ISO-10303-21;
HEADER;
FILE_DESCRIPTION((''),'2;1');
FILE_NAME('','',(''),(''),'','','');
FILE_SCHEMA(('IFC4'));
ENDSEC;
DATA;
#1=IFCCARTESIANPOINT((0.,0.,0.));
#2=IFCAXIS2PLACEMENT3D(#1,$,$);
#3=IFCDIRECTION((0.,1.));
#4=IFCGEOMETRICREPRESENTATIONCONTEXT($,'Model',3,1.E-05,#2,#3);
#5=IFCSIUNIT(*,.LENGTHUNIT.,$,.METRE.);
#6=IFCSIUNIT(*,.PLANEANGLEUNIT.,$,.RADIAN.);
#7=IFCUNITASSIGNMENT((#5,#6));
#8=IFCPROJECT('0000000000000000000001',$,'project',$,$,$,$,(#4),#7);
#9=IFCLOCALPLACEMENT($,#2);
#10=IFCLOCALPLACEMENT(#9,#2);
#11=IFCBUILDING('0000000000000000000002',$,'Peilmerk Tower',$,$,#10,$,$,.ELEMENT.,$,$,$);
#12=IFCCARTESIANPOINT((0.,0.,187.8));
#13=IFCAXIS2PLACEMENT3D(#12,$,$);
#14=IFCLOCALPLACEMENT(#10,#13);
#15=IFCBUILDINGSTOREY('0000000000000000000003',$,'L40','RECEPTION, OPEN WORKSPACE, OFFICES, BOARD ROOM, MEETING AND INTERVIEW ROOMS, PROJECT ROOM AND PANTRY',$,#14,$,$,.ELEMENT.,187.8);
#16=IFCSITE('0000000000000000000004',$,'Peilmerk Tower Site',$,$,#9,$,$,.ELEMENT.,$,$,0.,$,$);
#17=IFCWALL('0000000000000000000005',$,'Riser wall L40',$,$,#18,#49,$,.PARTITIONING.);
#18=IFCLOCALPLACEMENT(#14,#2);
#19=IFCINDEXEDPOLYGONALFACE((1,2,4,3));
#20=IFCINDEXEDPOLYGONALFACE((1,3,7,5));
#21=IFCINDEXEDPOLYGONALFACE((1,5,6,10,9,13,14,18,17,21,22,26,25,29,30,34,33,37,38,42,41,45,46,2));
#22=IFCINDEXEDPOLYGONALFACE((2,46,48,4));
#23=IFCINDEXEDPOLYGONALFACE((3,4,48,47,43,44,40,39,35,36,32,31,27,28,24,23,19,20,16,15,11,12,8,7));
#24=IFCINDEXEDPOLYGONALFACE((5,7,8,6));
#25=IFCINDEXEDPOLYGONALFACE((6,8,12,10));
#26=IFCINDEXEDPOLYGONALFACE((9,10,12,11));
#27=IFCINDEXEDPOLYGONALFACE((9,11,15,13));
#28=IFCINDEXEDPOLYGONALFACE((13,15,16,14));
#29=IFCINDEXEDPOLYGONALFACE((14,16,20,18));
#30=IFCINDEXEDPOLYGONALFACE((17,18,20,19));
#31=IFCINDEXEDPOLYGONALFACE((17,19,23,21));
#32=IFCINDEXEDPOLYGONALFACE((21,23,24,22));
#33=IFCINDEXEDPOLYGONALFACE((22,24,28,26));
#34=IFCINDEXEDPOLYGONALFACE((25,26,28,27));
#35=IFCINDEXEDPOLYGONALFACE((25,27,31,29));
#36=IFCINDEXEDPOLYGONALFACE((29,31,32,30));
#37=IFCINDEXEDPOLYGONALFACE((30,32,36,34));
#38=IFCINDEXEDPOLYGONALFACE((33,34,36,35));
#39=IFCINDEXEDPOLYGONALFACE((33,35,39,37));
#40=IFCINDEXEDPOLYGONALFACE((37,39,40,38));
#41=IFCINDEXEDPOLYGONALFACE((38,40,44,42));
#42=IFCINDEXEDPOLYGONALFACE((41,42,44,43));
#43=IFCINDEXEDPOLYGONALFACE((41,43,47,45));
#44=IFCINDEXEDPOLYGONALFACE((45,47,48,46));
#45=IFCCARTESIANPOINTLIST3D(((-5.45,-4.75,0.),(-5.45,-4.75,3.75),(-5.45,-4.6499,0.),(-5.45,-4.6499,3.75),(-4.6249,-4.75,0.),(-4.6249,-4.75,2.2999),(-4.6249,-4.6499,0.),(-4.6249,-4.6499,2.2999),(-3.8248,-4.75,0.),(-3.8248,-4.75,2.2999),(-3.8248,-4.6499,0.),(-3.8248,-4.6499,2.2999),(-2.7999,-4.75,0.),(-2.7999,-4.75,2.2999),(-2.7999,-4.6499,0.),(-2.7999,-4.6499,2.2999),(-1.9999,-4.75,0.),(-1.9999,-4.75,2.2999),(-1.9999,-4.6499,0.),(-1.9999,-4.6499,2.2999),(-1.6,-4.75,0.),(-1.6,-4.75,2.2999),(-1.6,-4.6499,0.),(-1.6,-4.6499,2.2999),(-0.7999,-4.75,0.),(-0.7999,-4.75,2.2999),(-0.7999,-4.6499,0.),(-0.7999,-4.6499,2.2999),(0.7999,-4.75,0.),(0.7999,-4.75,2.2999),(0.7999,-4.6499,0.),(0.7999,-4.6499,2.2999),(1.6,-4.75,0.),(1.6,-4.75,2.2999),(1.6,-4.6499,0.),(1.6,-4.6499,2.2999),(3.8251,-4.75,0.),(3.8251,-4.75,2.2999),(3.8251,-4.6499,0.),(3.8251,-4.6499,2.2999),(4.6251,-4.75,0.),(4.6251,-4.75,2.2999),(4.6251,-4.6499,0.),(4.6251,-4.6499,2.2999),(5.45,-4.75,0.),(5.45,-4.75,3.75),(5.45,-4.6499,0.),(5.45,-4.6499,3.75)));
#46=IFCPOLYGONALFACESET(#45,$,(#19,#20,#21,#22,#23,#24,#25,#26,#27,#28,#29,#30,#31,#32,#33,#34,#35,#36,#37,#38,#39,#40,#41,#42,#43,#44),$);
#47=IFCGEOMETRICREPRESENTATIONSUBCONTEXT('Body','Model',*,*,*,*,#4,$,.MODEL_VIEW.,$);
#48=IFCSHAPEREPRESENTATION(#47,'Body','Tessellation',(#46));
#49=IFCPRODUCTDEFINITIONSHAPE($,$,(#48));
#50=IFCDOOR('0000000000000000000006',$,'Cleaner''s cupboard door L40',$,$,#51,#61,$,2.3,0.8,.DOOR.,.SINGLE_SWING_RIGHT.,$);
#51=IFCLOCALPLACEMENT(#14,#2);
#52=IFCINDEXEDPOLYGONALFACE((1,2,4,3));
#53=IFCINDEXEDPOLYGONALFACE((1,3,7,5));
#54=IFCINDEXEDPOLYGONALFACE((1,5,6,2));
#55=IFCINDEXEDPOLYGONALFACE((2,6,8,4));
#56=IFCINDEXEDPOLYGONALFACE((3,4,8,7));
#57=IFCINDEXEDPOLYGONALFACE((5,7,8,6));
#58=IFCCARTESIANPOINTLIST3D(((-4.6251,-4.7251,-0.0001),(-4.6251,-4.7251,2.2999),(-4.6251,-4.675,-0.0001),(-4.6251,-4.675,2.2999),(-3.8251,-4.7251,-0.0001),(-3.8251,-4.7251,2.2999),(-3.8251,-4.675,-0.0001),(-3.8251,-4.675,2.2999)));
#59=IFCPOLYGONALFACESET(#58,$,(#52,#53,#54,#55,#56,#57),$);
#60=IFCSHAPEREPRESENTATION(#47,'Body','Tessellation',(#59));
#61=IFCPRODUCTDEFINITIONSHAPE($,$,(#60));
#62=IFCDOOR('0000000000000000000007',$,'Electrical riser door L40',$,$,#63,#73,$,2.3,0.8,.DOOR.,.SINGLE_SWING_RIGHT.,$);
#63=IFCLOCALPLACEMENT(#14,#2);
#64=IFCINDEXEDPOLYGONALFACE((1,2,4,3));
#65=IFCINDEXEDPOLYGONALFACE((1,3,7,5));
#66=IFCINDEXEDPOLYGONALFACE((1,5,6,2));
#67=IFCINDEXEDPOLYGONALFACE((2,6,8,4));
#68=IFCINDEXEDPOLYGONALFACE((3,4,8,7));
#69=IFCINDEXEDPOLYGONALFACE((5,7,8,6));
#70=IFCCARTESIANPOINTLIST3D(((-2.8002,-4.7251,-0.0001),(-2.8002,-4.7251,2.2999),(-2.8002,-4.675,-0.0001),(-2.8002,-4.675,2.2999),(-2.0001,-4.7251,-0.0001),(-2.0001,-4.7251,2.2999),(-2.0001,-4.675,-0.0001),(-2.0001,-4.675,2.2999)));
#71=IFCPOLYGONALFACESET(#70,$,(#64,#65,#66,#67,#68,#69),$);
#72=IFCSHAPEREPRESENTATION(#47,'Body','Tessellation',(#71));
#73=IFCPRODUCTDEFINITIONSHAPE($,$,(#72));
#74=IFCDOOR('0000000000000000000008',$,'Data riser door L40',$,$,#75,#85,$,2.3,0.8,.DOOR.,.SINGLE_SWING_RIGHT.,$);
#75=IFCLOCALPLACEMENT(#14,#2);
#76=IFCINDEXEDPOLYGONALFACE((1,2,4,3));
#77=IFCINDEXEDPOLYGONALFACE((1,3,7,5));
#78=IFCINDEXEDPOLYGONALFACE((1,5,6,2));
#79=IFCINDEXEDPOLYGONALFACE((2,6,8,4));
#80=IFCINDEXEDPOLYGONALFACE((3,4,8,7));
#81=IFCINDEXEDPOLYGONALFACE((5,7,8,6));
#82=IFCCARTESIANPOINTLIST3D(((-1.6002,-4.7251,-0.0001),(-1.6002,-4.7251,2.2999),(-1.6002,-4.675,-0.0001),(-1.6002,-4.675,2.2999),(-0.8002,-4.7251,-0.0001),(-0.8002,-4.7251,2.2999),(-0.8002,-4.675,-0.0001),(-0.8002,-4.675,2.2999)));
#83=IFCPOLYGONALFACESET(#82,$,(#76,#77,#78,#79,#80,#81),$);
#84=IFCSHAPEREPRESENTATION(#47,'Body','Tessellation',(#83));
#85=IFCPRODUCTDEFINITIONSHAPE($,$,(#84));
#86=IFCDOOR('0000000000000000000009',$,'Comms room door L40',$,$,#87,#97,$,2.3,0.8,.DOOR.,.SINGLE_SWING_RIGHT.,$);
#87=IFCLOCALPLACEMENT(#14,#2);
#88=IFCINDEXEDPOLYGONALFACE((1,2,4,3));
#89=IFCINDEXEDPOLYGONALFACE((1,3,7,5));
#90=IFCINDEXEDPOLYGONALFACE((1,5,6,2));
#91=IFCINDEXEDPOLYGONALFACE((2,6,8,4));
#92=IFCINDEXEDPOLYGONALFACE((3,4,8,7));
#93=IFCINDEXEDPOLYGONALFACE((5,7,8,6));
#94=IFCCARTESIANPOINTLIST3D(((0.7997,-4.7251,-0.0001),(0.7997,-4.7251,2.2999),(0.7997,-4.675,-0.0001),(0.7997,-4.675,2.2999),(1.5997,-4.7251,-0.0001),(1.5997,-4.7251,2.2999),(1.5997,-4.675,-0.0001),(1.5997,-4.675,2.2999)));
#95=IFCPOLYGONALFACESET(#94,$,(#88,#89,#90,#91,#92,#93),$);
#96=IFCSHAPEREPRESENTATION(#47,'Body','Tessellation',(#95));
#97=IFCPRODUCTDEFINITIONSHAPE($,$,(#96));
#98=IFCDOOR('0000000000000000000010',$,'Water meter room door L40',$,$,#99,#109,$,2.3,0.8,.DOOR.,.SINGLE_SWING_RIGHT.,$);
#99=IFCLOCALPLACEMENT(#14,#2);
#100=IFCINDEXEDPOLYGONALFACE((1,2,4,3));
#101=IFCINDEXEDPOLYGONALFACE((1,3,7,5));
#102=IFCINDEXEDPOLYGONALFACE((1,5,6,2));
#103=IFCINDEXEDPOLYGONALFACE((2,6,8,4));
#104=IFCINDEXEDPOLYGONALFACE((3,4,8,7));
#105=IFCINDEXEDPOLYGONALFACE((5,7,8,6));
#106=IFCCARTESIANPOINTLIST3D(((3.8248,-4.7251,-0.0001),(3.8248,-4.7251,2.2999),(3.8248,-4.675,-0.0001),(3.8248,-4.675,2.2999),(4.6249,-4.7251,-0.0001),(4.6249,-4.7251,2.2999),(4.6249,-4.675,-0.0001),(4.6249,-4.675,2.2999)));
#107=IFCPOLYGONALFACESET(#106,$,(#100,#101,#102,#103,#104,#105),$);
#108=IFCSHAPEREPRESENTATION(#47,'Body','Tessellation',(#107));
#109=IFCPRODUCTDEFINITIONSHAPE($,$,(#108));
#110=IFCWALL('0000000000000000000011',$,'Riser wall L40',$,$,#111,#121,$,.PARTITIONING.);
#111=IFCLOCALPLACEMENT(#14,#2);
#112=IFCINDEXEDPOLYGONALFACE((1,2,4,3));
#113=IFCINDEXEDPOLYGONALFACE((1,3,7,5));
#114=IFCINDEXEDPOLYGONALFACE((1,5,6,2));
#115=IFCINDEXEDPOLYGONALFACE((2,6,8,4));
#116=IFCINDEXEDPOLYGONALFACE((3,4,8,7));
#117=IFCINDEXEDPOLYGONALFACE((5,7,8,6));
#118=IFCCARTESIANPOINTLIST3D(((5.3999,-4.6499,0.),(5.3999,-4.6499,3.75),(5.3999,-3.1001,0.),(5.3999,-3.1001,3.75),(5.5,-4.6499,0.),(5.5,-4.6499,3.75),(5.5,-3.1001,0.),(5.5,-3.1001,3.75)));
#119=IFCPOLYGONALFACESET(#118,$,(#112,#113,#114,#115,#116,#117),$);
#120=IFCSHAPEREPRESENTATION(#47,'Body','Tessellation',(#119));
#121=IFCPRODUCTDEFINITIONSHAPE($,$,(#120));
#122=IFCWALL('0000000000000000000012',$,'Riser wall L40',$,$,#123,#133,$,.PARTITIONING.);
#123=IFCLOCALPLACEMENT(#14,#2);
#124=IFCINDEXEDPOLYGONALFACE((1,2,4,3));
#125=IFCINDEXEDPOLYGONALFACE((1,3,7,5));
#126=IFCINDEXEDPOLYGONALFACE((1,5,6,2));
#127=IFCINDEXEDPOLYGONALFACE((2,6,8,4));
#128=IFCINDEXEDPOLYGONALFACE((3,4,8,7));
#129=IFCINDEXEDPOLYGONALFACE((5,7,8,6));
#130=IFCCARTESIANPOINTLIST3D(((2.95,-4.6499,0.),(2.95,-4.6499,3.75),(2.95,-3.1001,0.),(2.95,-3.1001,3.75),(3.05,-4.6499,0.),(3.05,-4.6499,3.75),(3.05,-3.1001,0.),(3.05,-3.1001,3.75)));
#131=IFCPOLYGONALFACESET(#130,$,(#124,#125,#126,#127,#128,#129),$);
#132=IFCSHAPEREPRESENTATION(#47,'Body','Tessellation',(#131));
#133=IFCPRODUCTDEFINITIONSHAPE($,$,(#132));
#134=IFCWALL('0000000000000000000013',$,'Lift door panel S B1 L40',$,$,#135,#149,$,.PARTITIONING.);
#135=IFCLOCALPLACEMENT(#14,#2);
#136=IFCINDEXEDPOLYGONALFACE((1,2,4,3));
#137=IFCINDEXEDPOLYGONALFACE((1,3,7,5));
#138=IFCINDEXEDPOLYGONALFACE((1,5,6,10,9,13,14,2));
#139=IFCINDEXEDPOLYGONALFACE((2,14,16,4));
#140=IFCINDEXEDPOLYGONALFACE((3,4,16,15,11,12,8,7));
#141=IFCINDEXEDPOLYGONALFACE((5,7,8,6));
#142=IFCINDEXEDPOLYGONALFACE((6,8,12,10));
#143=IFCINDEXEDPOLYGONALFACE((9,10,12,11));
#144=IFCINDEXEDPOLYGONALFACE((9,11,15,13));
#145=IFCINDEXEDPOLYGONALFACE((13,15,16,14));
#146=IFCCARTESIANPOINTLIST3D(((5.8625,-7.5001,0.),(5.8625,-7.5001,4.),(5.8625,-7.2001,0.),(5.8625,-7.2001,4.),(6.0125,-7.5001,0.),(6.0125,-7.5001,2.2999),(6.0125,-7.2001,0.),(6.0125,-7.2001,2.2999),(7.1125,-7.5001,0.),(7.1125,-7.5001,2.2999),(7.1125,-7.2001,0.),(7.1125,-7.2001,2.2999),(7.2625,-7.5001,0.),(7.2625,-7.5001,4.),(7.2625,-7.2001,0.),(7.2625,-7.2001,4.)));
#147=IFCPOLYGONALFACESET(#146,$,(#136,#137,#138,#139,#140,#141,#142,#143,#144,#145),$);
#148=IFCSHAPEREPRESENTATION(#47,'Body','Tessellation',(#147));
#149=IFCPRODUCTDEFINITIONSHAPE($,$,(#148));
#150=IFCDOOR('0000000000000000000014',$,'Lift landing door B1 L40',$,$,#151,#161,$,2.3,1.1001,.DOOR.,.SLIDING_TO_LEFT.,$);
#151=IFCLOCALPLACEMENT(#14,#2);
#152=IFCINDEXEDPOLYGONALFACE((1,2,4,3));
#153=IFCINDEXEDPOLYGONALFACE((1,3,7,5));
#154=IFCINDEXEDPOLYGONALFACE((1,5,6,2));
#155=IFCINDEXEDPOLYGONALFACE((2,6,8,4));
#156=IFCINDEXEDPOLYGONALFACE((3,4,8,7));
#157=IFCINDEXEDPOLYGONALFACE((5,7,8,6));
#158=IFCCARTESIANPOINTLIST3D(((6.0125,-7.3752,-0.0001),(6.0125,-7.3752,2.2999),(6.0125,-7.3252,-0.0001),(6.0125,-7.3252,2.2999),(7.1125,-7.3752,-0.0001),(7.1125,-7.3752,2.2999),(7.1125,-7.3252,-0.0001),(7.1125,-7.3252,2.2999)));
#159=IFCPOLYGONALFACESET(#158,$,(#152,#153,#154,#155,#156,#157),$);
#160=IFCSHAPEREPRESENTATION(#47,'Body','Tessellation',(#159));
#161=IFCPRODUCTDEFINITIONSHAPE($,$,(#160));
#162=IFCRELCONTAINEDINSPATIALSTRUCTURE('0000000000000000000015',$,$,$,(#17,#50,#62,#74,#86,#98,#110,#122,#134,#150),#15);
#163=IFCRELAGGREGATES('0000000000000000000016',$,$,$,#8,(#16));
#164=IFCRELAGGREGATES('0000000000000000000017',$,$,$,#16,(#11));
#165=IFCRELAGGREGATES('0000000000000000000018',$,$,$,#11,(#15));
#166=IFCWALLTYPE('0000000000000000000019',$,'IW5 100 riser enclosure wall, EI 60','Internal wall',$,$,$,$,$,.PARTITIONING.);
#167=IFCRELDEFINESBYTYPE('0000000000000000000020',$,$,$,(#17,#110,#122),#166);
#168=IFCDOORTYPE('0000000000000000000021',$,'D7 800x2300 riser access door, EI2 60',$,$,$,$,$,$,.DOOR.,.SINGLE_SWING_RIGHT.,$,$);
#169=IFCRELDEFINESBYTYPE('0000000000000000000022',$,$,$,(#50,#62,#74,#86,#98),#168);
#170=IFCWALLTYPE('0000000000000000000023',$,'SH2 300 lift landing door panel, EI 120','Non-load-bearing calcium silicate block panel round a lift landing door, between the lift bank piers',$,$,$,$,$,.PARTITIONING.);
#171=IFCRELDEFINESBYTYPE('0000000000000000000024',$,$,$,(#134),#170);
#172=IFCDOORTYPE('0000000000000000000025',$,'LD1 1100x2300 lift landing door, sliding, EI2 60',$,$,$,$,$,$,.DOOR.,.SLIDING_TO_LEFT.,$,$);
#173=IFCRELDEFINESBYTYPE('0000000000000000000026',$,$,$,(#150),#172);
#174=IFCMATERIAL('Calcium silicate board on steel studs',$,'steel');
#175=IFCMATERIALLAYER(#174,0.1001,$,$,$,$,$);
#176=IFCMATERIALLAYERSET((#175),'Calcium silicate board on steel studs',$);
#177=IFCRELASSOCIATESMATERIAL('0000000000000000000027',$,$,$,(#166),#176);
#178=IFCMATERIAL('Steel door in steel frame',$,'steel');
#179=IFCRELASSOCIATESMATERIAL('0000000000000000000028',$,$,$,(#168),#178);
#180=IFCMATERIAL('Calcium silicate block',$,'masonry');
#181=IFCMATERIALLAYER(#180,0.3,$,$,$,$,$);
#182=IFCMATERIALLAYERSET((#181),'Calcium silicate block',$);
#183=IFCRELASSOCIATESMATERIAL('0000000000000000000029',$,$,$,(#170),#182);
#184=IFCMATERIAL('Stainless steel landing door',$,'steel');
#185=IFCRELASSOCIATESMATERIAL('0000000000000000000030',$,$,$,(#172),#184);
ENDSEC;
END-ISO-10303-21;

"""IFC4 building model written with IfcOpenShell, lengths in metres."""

from ifc_helpers import new_model, si_unit, direction, frame, frame_2d, origin, place, context, subcontext, project, spatial, rectangle, extrude, material, layer, layer_set, type_object, element, fill, save


model = new_model("IFC4")

# Units and contexts
model_context = context("Model", 3, precision=1e-05, world=origin(), true_north=direction((0.0, 1.0)))
body_context = subcontext(model_context, "Body", "Model", "MODEL_VIEW")
ifc_project = project(units=[si_unit("LENGTHUNIT", "METRE"), si_unit("PLANEANGLEUNIT", "RADIAN")], contexts=[model_context])

# Site, building, storey
site_placement = place(None, origin())
site = spatial("IfcSite", under=ifc_project, at=site_placement, Name="Peilmerk Tower Site", CompositionType="ELEMENT", RefElevation=0.0)
building_placement = place(site_placement, origin())
building = spatial("IfcBuilding", under=site, at=building_placement, Name="Peilmerk Tower", CompositionType="ELEMENT")
storey_placement = place(building_placement, frame((0.0, 0.0, 187.8)))
storey = spatial("IfcBuildingStorey", under=building, at=storey_placement, Name="L40", Description="RECEPTION, OPEN WORKSPACE, OFFICES, BOARD ROOM, MEETING AND INTERVIEW ROOMS, PROJECT ROOM AND PANTRY", CompositionType="ELEMENT", Elevation=187.8)

# Shared definitions
ifc_material_1 = material(Name="Steel door in steel frame", Category="steel")

# Shared definitions
ifc_material_2 = material(Name="Calcium silicate board on steel studs", Category="steel")
ifc_layer_1 = layer(ifc_material_2, 0.1001)
ifc_layer_set_1 = layer_set([ifc_layer_1], Name="Calcium silicate board on steel studs")
wall_type_1 = type_object("IfcWallType", Name="IW5 100 riser enclosure wall, EI 60", Description="Internal wall", PredefinedType="PARTITIONING", material=ifc_layer_set_1)

# Wall, openings, doors
wall_1_placement = place(storey_placement, frame((5.45, -4.7, 0.0), z_axis=(0.0, 0.0, 1.0), x_axis=(-1.0, 0.0, 0.0)))
wall_1 = element("IfcWall", 1, at=wall_1_placement, inside=storey, type_object=wall_type_1, Name="Riser wall L40", PredefinedType="PARTITIONING", context=body_context, shape_type="SweptSolid", body=[
    extrude(rectangle(XDim=10.8999, YDim=0.1001, at=frame_2d((5.45, 0.0))), origin(), (0.0, 0.0, 1.0), 3.75),
])
opening_1_placement = place(wall_1_placement, frame((9.2749, 0.0, 0.0)))
opening_1 = element("IfcOpeningElement", 2, at=opening_1_placement, cuts=wall_1, PredefinedType="OPENING", context=body_context, shape_type="SweptSolid", body=[
    extrude(rectangle(XDim=0.8, YDim=2.3, at=frame_2d((0.3999, 1.1499))), frame((0.0, 0.0601, 0.0), z_axis=(0.0, -1.0, 0.0), x_axis=(1.0, 0.0, 0.0)), (0.0, 0.0, 1.0), 0.1201),
])
opening_2_placement = place(wall_1_placement, frame((7.45, 0.0, 0.0)))
opening_2 = element("IfcOpeningElement", 3, at=opening_2_placement, cuts=wall_1, PredefinedType="OPENING", context=body_context, shape_type="SweptSolid", body=[
    extrude(rectangle(XDim=0.8, YDim=2.3, at=frame_2d((0.3999, 1.1499))), frame((0.0, 0.0601, 0.0), z_axis=(0.0, -1.0, 0.0), x_axis=(1.0, 0.0, 0.0)), (0.0, 0.0, 1.0), 0.1201),
])
opening_3_placement = place(wall_1_placement, frame((6.25, 0.0, 0.0)))
opening_3 = element("IfcOpeningElement", 4, at=opening_3_placement, cuts=wall_1, PredefinedType="OPENING", context=body_context, shape_type="SweptSolid", body=[
    extrude(rectangle(XDim=0.8, YDim=2.3, at=frame_2d((0.3999, 1.1499))), frame((0.0, 0.0601, 0.0), z_axis=(0.0, -1.0, 0.0), x_axis=(1.0, 0.0, 0.0)), (0.0, 0.0, 1.0), 0.1201),
])
opening_4_placement = place(wall_1_placement, frame((3.8501, 0.0, 0.0)))
opening_4 = element("IfcOpeningElement", 5, at=opening_4_placement, cuts=wall_1, PredefinedType="OPENING", context=body_context, shape_type="SweptSolid", body=[
    extrude(rectangle(XDim=0.8, YDim=2.3, at=frame_2d((0.3999, 1.1499))), frame((0.0, 0.0601, 0.0), z_axis=(0.0, -1.0, 0.0), x_axis=(1.0, 0.0, 0.0)), (0.0, 0.0, 1.0), 0.1201),
])
opening_5_placement = place(wall_1_placement, frame((0.825, 0.0, 0.0)))
opening_5 = element("IfcOpeningElement", 6, at=opening_5_placement, cuts=wall_1, PredefinedType="OPENING", context=body_context, shape_type="SweptSolid", body=[
    extrude(rectangle(XDim=0.8, YDim=2.3, at=frame_2d((0.3999, 1.1499))), frame((0.0, 0.0601, 0.0), z_axis=(0.0, -1.0, 0.0), x_axis=(1.0, 0.0, 0.0)), (0.0, 0.0, 1.0), 0.1201),
])
door_type_1 = type_object("IfcDoorType", Name="D7 800x2300 riser access door, EI2 60", OperationType="SINGLE_SWING_RIGHT", PredefinedType="DOOR", material=ifc_material_1)
door_1_placement = place(opening_1_placement, frame((0.8, 0.0, 0.0), z_axis=(0.0, 0.0, 1.0), x_axis=(-1.0, 0.0, 0.0)))
door_1 = element("IfcDoor", 7, at=door_1_placement, inside=storey, type_object=door_type_1, Name="Cleaner's cupboard door L40", OperationType="SINGLE_SWING_RIGHT", OverallHeight=2.3, OverallWidth=0.8, PredefinedType="DOOR", context=body_context, shape_type="SweptSolid", body=[
    extrude(rectangle(XDim=0.8, YDim=2.3, at=frame_2d((0.3999, 1.1499))), frame((0.0, 0.0249, 0.0), z_axis=(0.0, -1.0, 0.0), x_axis=(1.0, 0.0, 0.0)), (0.0, 0.0, 1.0), 0.05),
])
fill(opening_1, door_1)
door_2_placement = place(opening_2_placement, frame((0.8, 0.0, 0.0), z_axis=(0.0, 0.0, 1.0), x_axis=(-1.0, 0.0, 0.0)))
door_2 = element("IfcDoor", 8, at=door_2_placement, inside=storey, type_object=door_type_1, Name="Electrical riser door L40", OperationType="SINGLE_SWING_RIGHT", OverallHeight=2.3, OverallWidth=0.8, PredefinedType="DOOR", context=body_context, shape_type="SweptSolid", body=[
    extrude(rectangle(XDim=0.8, YDim=2.3, at=frame_2d((0.3999, 1.1499))), frame((0.0, 0.0249, 0.0), z_axis=(0.0, -1.0, 0.0), x_axis=(1.0, 0.0, 0.0)), (0.0, 0.0, 1.0), 0.05),
])
fill(opening_2, door_2)
door_3_placement = place(opening_3_placement, frame((0.8, 0.0, 0.0), z_axis=(0.0, 0.0, 1.0), x_axis=(-1.0, 0.0, 0.0)))
door_3 = element("IfcDoor", 9, at=door_3_placement, inside=storey, type_object=door_type_1, Name="Data riser door L40", OperationType="SINGLE_SWING_RIGHT", OverallHeight=2.3, OverallWidth=0.8, PredefinedType="DOOR", context=body_context, shape_type="SweptSolid", body=[
    extrude(rectangle(XDim=0.8, YDim=2.3, at=frame_2d((0.3999, 1.1499))), frame((0.0, 0.0249, 0.0), z_axis=(0.0, -1.0, 0.0), x_axis=(1.0, 0.0, 0.0)), (0.0, 0.0, 1.0), 0.05),
])
fill(opening_3, door_3)
door_4_placement = place(opening_4_placement, frame((0.8, 0.0, 0.0), z_axis=(0.0, 0.0, 1.0), x_axis=(-1.0, 0.0, 0.0)))
door_4 = element("IfcDoor", 10, at=door_4_placement, inside=storey, type_object=door_type_1, Name="Comms room door L40", OperationType="SINGLE_SWING_RIGHT", OverallHeight=2.3, OverallWidth=0.8, PredefinedType="DOOR", context=body_context, shape_type="SweptSolid", body=[
    extrude(rectangle(XDim=0.8, YDim=2.3, at=frame_2d((0.3999, 1.1499))), frame((0.0, 0.0249, 0.0), z_axis=(0.0, -1.0, 0.0), x_axis=(1.0, 0.0, 0.0)), (0.0, 0.0, 1.0), 0.05),
])
fill(opening_4, door_4)
door_5_placement = place(opening_5_placement, frame((0.8, 0.0, 0.0), z_axis=(0.0, 0.0, 1.0), x_axis=(-1.0, 0.0, 0.0)))
door_5 = element("IfcDoor", 11, at=door_5_placement, inside=storey, type_object=door_type_1, Name="Water meter room door L40", OperationType="SINGLE_SWING_RIGHT", OverallHeight=2.3, OverallWidth=0.8, PredefinedType="DOOR", context=body_context, shape_type="SweptSolid", body=[
    extrude(rectangle(XDim=0.8, YDim=2.3, at=frame_2d((0.3999, 1.1499))), frame((0.0, 0.0249, 0.0), z_axis=(0.0, -1.0, 0.0), x_axis=(1.0, 0.0, 0.0)), (0.0, 0.0, 1.0), 0.05),
])
fill(opening_5, door_5)

# Walls
for number, where, z_axis, x_axis, name in (
    (12, (5.45, -3.1001, 0.0), (0.0, 0.0, 1.0), (0.0, -1.0, 0.0), "Riser wall L40"),
    (13, (3.0, -3.1001, 0.0), (0.0, 0.0, 1.0), (0.0, -1.0, 0.0), "Riser wall L40"),
):
    element("IfcWall", number, at=place(storey_placement, frame(where, z_axis=z_axis, x_axis=x_axis)), inside=storey, type_object=wall_type_1, Name=name, PredefinedType="PARTITIONING", context=body_context, shape_type="SweptSolid", body=[
        extrude(rectangle(XDim=1.5498, YDim=0.1001, at=frame_2d((0.7749, 0.0))), origin(), (0.0, 0.0, 1.0), 3.75),
    ])

# Wall, opening, door
ifc_material_3 = material(Name="Calcium silicate block", Category="masonry")
ifc_layer_2 = layer(ifc_material_3, 0.3)
ifc_layer_set_2 = layer_set([ifc_layer_2], Name="Calcium silicate block")
wall_type_2 = type_object("IfcWallType", Name="SH2 300 lift landing door panel, EI 120", Description="Non-load-bearing calcium silicate block panel round a lift landing door, between the lift bank piers", PredefinedType="PARTITIONING", material=ifc_layer_set_2)
wall_2_placement = place(storey_placement, frame((5.8625, -7.3501, 0.0), z_axis=(0.0, 0.0, 1.0), x_axis=(1.0, 0.0, 0.0)))
wall_2 = element("IfcWall", 14, at=wall_2_placement, inside=storey, type_object=wall_type_2, Name="Lift door panel S B1 L40", PredefinedType="PARTITIONING", context=body_context, shape_type="SweptSolid", body=[
    extrude(rectangle(XDim=1.3999, YDim=0.3, at=frame_2d((0.7, 0.0))), origin(), (0.0, 0.0, 1.0), 4.0),
])
opening_6_placement = place(wall_2_placement, frame((0.1499, 0.0, 0.0)))
opening_6 = element("IfcOpeningElement", 15, at=opening_6_placement, cuts=wall_2, PredefinedType="OPENING", context=body_context, shape_type="SweptSolid", body=[
    extrude(rectangle(XDim=1.1001, YDim=2.3, at=frame_2d((0.55, 1.1499))), frame((0.0, 0.1599, 0.0), z_axis=(0.0, -1.0, 0.0), x_axis=(1.0, 0.0, 0.0)), (0.0, 0.0, 1.0), 0.3201),
])
ifc_material_4 = material(Name="Stainless steel landing door", Category="steel")
door_type_2 = type_object("IfcDoorType", Name="LD1 1100x2300 lift landing door, sliding, EI2 60", OperationType="SLIDING_TO_LEFT", PredefinedType="DOOR", material=ifc_material_4)
door_6_placement = place(opening_6_placement, origin())
door_6 = element("IfcDoor", 16, at=door_6_placement, inside=storey, type_object=door_type_2, Name="Lift landing door B1 L40", OperationType="SLIDING_TO_LEFT", OverallHeight=2.3, OverallWidth=1.1001, PredefinedType="DOOR", context=body_context, shape_type="SweptSolid", body=[
    extrude(rectangle(XDim=1.1001, YDim=2.3, at=frame_2d((0.55, 1.1499))), frame((0.0, 0.0249, 0.0), z_axis=(0.0, -1.0, 0.0), x_axis=(1.0, 0.0, 0.0)), (0.0, 0.0, 1.0), 0.05),
])
fill(opening_6, door_6)

save(model, "model.ifc")
